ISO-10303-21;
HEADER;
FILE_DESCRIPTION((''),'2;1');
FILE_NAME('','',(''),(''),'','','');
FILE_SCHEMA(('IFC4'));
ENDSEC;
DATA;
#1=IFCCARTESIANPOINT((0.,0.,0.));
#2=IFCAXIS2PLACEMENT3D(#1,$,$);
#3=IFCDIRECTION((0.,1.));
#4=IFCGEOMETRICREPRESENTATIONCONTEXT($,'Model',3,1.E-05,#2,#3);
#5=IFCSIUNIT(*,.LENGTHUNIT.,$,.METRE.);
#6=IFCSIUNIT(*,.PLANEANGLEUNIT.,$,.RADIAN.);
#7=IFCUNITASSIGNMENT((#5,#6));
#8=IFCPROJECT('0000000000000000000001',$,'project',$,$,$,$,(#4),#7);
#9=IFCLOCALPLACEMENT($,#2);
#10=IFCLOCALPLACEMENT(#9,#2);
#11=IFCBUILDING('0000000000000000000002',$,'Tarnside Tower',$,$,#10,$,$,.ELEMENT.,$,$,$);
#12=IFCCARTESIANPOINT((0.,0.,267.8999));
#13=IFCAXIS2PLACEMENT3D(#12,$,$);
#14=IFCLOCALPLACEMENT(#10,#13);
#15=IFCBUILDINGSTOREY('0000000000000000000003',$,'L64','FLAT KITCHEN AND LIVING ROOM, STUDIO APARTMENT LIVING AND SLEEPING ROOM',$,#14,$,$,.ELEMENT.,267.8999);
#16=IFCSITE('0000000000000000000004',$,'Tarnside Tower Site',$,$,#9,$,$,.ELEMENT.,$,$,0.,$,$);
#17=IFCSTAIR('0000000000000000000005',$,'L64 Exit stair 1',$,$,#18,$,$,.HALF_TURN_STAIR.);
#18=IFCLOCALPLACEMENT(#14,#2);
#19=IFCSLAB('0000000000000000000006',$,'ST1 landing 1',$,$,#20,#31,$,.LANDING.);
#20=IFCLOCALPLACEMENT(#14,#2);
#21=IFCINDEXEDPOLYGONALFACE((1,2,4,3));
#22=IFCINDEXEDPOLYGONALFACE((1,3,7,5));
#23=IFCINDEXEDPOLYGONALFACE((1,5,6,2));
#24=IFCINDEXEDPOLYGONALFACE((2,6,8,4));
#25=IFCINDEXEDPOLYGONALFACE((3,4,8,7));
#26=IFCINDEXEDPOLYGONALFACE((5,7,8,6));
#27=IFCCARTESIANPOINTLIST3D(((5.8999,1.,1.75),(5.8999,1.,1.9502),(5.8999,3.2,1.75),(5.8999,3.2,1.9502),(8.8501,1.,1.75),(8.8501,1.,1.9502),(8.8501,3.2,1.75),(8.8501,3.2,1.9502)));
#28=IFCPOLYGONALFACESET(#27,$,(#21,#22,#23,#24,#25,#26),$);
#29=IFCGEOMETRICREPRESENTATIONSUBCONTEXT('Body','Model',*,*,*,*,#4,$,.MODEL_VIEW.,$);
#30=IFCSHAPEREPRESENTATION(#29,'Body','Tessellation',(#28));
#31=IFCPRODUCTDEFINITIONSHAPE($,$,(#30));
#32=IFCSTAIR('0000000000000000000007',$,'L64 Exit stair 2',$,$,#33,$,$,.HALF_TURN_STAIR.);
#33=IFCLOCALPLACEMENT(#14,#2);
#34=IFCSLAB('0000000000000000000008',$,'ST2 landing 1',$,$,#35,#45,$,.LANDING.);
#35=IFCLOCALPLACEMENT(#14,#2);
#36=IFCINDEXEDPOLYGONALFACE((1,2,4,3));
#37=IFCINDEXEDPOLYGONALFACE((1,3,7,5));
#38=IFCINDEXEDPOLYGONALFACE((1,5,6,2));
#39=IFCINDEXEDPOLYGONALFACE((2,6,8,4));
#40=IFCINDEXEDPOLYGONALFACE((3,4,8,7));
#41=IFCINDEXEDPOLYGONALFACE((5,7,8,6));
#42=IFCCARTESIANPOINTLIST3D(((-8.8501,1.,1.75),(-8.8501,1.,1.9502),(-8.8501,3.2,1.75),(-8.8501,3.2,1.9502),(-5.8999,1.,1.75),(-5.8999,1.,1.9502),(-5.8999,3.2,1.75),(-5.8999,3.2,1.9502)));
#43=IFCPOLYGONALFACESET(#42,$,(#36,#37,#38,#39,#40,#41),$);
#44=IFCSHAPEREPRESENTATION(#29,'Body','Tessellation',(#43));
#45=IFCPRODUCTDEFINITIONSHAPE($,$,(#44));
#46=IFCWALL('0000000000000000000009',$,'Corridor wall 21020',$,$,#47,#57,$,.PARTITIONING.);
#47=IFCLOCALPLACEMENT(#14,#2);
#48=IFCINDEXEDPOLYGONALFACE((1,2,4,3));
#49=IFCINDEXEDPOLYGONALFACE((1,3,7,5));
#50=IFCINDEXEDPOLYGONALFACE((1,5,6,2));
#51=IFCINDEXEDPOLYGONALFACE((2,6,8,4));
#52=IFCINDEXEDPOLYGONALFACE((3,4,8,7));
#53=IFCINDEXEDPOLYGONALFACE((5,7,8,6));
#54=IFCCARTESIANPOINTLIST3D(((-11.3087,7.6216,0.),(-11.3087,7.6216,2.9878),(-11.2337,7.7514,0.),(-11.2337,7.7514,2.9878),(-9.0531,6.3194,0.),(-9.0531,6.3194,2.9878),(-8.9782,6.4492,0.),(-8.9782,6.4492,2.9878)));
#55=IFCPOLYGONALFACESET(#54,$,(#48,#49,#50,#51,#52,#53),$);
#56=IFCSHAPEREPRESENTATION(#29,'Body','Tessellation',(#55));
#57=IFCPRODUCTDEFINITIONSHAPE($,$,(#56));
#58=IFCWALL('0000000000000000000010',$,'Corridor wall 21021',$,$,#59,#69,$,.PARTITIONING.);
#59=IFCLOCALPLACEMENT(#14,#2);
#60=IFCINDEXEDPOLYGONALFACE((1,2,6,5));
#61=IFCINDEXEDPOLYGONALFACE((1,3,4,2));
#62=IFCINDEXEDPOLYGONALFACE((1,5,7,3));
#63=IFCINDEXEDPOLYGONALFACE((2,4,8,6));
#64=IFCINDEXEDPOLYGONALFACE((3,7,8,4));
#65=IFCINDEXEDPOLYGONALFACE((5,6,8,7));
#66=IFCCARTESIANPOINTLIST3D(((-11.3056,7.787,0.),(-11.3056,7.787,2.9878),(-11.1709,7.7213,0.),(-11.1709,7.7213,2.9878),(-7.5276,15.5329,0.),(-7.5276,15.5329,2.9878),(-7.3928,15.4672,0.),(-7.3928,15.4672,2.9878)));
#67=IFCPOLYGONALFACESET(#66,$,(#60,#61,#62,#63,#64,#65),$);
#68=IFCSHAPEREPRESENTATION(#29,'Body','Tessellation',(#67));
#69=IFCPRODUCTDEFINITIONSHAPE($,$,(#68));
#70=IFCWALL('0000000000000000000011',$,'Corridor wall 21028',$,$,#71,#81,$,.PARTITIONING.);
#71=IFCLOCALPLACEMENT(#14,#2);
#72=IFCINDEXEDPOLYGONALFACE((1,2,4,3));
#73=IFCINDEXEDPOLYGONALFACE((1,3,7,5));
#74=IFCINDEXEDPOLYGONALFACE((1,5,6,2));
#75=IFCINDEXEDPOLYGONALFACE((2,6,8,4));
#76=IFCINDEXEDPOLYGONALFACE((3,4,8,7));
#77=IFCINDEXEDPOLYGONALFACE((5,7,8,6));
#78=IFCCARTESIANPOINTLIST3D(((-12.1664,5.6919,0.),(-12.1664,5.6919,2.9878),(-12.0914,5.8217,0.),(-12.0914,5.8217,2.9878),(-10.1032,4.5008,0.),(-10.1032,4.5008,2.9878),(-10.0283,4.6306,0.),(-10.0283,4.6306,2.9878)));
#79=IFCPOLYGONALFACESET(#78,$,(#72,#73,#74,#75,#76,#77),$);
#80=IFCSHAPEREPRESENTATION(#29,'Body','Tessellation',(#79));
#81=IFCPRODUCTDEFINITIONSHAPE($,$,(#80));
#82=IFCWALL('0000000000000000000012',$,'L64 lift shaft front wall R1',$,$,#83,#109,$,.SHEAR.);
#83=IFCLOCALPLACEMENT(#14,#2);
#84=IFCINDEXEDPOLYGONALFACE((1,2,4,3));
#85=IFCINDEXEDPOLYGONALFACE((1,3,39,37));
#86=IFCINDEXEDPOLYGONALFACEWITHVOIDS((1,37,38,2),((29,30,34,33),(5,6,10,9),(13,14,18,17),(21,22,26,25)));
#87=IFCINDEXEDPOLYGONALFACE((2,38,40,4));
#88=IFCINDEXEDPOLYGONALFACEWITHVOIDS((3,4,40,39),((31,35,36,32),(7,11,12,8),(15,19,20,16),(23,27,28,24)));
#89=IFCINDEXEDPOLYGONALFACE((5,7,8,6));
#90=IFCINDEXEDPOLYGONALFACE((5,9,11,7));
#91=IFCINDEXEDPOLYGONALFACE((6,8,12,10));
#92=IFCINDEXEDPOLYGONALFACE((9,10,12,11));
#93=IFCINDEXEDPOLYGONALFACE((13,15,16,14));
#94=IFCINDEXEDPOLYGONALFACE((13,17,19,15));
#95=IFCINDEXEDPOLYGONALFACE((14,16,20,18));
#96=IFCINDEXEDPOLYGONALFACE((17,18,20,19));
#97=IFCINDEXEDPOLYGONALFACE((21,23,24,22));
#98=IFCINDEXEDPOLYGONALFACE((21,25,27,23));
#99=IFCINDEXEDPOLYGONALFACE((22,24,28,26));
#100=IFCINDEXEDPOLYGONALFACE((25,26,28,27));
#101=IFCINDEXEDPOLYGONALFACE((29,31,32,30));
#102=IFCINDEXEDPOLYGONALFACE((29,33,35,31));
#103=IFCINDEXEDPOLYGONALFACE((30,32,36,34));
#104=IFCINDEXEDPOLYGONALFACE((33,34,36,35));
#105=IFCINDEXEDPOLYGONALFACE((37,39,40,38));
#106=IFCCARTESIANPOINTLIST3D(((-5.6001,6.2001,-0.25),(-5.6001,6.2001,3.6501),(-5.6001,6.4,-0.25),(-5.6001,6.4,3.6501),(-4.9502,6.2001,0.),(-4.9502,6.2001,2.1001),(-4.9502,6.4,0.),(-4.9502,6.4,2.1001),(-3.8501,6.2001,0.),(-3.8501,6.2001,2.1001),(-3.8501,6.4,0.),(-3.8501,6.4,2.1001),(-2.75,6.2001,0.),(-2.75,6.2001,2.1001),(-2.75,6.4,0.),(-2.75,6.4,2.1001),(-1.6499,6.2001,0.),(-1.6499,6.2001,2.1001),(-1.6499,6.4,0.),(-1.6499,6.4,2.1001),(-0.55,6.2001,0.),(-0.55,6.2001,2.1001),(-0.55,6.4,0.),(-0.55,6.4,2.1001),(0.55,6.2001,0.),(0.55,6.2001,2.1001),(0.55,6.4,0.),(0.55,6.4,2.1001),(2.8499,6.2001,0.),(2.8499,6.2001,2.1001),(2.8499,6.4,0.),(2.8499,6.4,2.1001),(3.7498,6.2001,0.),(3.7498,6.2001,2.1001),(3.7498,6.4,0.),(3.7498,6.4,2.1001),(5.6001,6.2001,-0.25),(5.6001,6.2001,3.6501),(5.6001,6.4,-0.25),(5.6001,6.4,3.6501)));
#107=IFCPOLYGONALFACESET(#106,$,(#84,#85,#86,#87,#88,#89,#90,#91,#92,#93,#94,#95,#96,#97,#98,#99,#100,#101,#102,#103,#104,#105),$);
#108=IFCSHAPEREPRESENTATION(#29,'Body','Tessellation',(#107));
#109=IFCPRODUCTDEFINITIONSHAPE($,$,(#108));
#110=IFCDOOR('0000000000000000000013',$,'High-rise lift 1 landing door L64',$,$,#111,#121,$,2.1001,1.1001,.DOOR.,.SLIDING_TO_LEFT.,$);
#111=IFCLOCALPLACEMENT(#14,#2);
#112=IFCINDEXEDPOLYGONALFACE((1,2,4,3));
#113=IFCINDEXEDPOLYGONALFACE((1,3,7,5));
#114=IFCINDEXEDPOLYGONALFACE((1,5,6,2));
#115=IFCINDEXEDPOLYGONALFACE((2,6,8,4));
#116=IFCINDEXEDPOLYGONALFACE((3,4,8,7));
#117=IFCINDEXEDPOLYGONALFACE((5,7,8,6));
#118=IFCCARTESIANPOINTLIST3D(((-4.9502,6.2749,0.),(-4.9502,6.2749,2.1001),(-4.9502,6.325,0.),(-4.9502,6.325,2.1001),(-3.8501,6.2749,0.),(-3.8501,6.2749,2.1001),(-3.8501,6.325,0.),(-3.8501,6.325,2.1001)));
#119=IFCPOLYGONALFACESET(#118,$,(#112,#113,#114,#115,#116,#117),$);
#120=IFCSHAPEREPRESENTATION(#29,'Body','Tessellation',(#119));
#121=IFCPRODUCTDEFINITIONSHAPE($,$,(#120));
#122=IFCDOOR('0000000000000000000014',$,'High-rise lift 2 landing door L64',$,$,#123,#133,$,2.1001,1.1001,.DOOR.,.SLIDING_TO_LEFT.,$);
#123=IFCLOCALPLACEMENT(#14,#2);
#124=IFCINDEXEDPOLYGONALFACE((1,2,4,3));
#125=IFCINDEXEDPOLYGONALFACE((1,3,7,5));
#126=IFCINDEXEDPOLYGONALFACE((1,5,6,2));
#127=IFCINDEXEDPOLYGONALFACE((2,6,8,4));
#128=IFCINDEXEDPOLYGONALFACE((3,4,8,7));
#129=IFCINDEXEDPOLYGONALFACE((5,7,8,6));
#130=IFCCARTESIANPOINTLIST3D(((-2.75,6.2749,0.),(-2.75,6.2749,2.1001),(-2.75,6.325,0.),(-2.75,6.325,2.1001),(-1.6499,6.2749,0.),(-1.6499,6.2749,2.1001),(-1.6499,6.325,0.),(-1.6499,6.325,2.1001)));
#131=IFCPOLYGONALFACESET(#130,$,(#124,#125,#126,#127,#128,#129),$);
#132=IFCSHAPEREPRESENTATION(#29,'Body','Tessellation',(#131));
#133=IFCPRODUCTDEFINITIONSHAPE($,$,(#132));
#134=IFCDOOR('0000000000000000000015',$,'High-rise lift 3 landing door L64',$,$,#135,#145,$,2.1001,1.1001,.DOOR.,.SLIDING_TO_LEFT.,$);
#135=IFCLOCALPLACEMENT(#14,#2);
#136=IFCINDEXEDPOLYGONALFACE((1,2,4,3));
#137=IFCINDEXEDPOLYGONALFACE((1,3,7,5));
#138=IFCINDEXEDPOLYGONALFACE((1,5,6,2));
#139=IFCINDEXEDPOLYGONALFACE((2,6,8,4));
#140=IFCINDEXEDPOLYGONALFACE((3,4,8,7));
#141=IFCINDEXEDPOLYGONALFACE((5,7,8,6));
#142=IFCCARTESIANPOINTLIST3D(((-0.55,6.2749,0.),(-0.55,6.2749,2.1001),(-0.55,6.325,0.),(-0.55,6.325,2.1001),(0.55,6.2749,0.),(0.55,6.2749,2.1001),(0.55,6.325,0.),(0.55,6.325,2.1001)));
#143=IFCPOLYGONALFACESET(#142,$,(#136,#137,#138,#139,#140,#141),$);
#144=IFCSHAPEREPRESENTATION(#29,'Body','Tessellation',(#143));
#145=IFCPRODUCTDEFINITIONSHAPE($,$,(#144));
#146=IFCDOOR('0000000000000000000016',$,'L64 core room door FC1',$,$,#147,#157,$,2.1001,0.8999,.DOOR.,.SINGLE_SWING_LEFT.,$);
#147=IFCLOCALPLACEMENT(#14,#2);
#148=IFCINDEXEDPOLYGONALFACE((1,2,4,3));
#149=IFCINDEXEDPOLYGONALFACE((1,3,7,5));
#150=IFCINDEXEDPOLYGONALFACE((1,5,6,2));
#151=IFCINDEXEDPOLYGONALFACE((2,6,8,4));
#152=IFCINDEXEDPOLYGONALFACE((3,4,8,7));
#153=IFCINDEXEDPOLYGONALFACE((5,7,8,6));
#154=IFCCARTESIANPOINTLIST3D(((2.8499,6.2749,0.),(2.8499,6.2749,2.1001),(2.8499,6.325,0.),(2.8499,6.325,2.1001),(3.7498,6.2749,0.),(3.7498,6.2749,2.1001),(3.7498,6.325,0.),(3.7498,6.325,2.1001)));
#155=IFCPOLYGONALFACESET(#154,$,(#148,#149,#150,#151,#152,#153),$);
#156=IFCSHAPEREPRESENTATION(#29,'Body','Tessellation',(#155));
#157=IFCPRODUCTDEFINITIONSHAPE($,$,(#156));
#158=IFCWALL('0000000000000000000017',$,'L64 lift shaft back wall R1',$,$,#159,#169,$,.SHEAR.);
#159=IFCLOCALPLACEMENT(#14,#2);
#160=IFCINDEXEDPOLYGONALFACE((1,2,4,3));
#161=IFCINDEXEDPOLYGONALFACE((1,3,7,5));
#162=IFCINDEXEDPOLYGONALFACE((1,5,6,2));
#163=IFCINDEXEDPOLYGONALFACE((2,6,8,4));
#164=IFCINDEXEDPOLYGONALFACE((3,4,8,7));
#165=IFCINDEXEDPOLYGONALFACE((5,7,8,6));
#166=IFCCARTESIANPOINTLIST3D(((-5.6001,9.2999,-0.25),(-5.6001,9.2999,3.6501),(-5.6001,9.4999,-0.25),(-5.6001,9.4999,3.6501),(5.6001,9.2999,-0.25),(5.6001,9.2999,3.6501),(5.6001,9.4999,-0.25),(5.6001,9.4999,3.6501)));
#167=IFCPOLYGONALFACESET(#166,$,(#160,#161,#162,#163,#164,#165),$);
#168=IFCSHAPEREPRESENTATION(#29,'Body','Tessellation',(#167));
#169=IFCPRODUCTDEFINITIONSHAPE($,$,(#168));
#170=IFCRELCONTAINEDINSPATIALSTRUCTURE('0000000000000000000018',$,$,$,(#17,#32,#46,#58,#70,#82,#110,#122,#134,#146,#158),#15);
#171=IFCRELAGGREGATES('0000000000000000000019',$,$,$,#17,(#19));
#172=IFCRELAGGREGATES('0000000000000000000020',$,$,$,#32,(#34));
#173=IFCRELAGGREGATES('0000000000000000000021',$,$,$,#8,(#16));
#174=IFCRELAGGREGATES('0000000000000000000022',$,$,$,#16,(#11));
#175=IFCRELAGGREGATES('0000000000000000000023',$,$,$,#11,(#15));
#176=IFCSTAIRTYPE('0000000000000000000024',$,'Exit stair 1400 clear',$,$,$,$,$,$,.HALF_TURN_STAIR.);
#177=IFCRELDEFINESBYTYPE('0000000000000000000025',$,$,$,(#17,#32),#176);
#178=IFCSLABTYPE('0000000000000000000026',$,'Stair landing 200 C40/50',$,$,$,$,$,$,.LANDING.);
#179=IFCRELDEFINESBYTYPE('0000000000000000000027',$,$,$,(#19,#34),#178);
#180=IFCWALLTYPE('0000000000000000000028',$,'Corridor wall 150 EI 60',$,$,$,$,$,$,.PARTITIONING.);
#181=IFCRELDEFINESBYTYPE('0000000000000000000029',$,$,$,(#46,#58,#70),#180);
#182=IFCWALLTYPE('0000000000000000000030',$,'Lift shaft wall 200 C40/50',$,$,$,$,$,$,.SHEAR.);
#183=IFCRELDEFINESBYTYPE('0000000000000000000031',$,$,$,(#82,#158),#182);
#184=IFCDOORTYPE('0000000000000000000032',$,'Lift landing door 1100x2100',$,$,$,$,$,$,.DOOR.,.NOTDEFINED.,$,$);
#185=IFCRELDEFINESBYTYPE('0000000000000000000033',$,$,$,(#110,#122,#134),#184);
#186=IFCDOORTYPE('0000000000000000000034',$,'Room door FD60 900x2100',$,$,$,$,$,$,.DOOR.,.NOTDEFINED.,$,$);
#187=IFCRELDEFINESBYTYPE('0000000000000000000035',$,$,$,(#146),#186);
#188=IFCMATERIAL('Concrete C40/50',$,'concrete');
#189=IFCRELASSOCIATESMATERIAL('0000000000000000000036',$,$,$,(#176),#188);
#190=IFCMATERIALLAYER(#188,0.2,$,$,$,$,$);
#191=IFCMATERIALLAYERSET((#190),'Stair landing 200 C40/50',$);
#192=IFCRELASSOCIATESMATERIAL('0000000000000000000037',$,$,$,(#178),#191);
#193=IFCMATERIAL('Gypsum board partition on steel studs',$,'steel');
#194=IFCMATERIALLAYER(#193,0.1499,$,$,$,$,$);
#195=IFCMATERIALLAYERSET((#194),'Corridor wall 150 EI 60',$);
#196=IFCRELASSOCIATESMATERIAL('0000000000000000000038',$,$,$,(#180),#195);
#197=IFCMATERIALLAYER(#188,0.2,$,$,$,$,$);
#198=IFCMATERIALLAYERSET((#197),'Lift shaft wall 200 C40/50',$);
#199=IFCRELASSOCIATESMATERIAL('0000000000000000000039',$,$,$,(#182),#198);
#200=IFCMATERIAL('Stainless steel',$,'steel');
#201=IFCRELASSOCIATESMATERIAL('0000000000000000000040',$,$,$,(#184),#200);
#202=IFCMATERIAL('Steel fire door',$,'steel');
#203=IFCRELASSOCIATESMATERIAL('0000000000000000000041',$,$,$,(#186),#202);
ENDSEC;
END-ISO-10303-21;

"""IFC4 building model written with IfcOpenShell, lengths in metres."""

from ifc_helpers import new_model, si_unit, direction, frame, frame_2d, origin, place, context, subcontext, project, spatial, polyline, rectangle, outline, extrude, material, layer, layer_set, type_object, element, fill, aggregate, save


model = new_model("IFC4")

# Units and contexts
model_context = context("Model", 3, precision=1e-05, world=origin(), true_north=direction((0.0, 1.0)))
body_context = subcontext(model_context, "Body", "Model", "MODEL_VIEW")
ifc_project = project(units=[si_unit("LENGTHUNIT", "METRE"), si_unit("PLANEANGLEUNIT", "RADIAN")], contexts=[model_context])

# Site, building, storey
site_placement = place(None, origin())
site = spatial("IfcSite", under=ifc_project, at=site_placement, Name="Tarnside Tower Site", CompositionType="ELEMENT", RefElevation=0.0)
building_placement = place(site_placement, origin())
building = spatial("IfcBuilding", under=site, at=building_placement, Name="Tarnside Tower", CompositionType="ELEMENT")
storey_placement = place(building_placement, frame((0.0, 0.0, 267.8999)))
storey = spatial("IfcBuildingStorey", under=building, at=storey_placement, Name="L64", Description="FLAT KITCHEN AND LIVING ROOM, STUDIO APARTMENT LIVING AND SLEEPING ROOM", CompositionType="ELEMENT", Elevation=267.8999)

# Shared definitions
ifc_material_1 = material(Name="Concrete C40/50", Category="concrete")

# Stairs, slabs
stair_type = type_object("IfcStairType", Name="Exit stair 1400 clear", PredefinedType="HALF_TURN_STAIR", material=ifc_material_1)
stair_1_placement = place(storey_placement, origin())
stair_1 = element("IfcStair", 1, at=stair_1_placement, inside=storey, type_object=stair_type, Name="L64 Exit stair 1", PredefinedType="HALF_TURN_STAIR")
ifc_layer_1 = layer(ifc_material_1, 0.2)
ifc_layer_set_1 = layer_set([ifc_layer_1], Name="Stair landing 200 C40/50")
slab_type_1 = type_object("IfcSlabType", Name="Stair landing 200 C40/50", PredefinedType="LANDING", material=ifc_layer_set_1)
slab_1_placement = place(storey_placement, frame((0.0, 0.0, 1.75)))
slab_1 = element("IfcSlab", 2, at=slab_1_placement, type_object=slab_type_1, Name="ST1 landing 1", PredefinedType="LANDING", context=body_context, shape_type="SweptSolid", body=[
    extrude(outline(polyline([(8.8501, 1.0), (8.8501, 3.2), (5.8999, 3.2), (5.8999, 1.0), (8.8501, 1.0)])), origin(), (0.0, 0.0, 1.0), 0.2002),
])
aggregate(stair_1, [slab_1])
stair_2_placement = place(storey_placement, origin())
stair_2 = element("IfcStair", 3, at=stair_2_placement, inside=storey, type_object=stair_type, Name="L64 Exit stair 2", PredefinedType="HALF_TURN_STAIR")
slab_2_placement = place(storey_placement, frame((0.0, 0.0, 1.75)))
slab_2 = element("IfcSlab", 4, at=slab_2_placement, type_object=slab_type_1, Name="ST2 landing 1", PredefinedType="LANDING", context=body_context, shape_type="SweptSolid", body=[
    extrude(outline(polyline([(-5.8999, 1.0), (-5.8999, 3.2), (-8.8501, 3.2), (-8.8501, 1.0), (-5.8999, 1.0)])), origin(), (0.0, 0.0, 1.0), 0.2002),
])

# Walls
ifc_material_2 = material(Name="Gypsum board partition on steel studs", Category="steel")
ifc_layer_2 = layer(ifc_material_2, 0.1499)
ifc_layer_set_2 = layer_set([ifc_layer_2], Name="Corridor wall 150 EI 60")
wall_type_1 = type_object("IfcWallType", Name="Corridor wall 150 EI 60", PredefinedType="PARTITIONING", material=ifc_layer_set_2)
wall_1_placement = place(storey_placement, frame((-9.0156, 6.3843, 0.0), z_axis=(0.0, 0.0, 1.0), x_axis=(-0.866031, 0.49999, 0.0)))
element("IfcWall", 5, at=wall_1_placement, inside=storey, type_object=wall_type_1, Name="Corridor wall 21020", PredefinedType="PARTITIONING", context=body_context, shape_type="SweptSolid", body=[
    extrude(rectangle(XDim=2.6045, YDim=0.1499, at=frame_2d((1.3022, 0.0))), origin(), (0.0, 0.0, 1.0), 2.9878),
])
wall_2_placement = place(storey_placement, frame((-11.2383, 7.7542, 0.0), z_axis=(0.0, 0.0, 1.0), x_axis=(0.438387, 0.898786, 0.0)))
element("IfcWall", 6, at=wall_2_placement, inside=storey, type_object=wall_type_1, Name="Corridor wall 21021", PredefinedType="PARTITIONING", context=body_context, shape_type="SweptSolid", body=[
    extrude(rectangle(XDim=8.6182, YDim=0.1499, at=frame_2d((4.3091, 0.0))), origin(), (0.0, 0.0, 1.0), 2.9878),
])
wall_3_placement = place(storey_placement, frame((-12.1289, 5.7568, 0.0), z_axis=(0.0, 0.0, 1.0), x_axis=(0.866034, -0.499986, 0.0)))
element("IfcWall", 7, at=wall_3_placement, inside=storey, type_object=wall_type_1, Name="Corridor wall 21028", PredefinedType="PARTITIONING", context=body_context, shape_type="SweptSolid", body=[
    extrude(rectangle(XDim=2.3823, YDim=0.1499, at=frame_2d((1.1912, 0.0))), origin(), (0.0, 0.0, 1.0), 2.9878),
])

# Wall, openings, doors
ifc_layer_3 = layer(ifc_material_1, 0.2)
ifc_layer_set_3 = layer_set([ifc_layer_3], Name="Lift shaft wall 200 C40/50")
wall_type_2 = type_object("IfcWallType", Name="Lift shaft wall 200 C40/50", PredefinedType="SHEAR", material=ifc_layer_set_3)
wall_4_placement = place(storey_placement, frame((-5.6001, 6.3, -0.25), z_axis=(0.0, 0.0, 1.0), x_axis=(1.0, 0.0, 0.0)))
wall_4 = element("IfcWall", 8, at=wall_4_placement, inside=storey, type_object=wall_type_2, Name="L64 lift shaft front wall R1", PredefinedType="SHEAR", context=body_context, shape_type="SweptSolid", body=[
    extrude(rectangle(XDim=11.2002, YDim=0.2, at=frame_2d((5.6001, 0.0))), origin(), (0.0, 0.0, 1.0), 3.9001),
])
opening_1_placement = place(wall_4_placement, frame((8.45, 0.0, 0.25)))
opening_1 = element("IfcOpeningElement", 9, at=opening_1_placement, cuts=wall_4, PredefinedType="OPENING", context=body_context, shape_type="SweptSolid", body=[
    extrude(rectangle(XDim=0.8999, YDim=2.1001, at=frame_2d((0.45, 1.05))), frame((0.0, 0.1099, 0.0), z_axis=(0.0, -1.0, 0.0), x_axis=(1.0, 0.0, 0.0)), (0.0, 0.0, 1.0), 0.22),
])
opening_2_placement = place(wall_4_placement, frame((0.6499, 0.0, 0.25)))
opening_2 = element("IfcOpeningElement", 10, at=opening_2_placement, cuts=wall_4, PredefinedType="OPENING", context=body_context, shape_type="SweptSolid", body=[
    extrude(rectangle(XDim=1.1001, YDim=2.1001, at=frame_2d((0.55, 1.05))), frame((0.0, 0.1099, 0.0), z_axis=(0.0, -1.0, 0.0), x_axis=(1.0, 0.0, 0.0)), (0.0, 0.0, 1.0), 0.22),
])
opening_3_placement = place(wall_4_placement, frame((2.8501, 0.0, 0.25)))
opening_3 = element("IfcOpeningElement", 11, at=opening_3_placement, cuts=wall_4, PredefinedType="OPENING", context=body_context, shape_type="SweptSolid", body=[
    extrude(rectangle(XDim=1.1001, YDim=2.1001, at=frame_2d((0.55, 1.05))), frame((0.0, 0.1099, 0.0), z_axis=(0.0, -1.0, 0.0), x_axis=(1.0, 0.0, 0.0)), (0.0, 0.0, 1.0), 0.22),
])
opening_4_placement = place(wall_4_placement, frame((5.05, 0.0, 0.25)))
opening_4 = element("IfcOpeningElement", 12, at=opening_4_placement, cuts=wall_4, PredefinedType="OPENING", context=body_context, shape_type="SweptSolid", body=[
    extrude(rectangle(XDim=1.1001, YDim=2.1001, at=frame_2d((0.55, 1.05))), frame((0.0, 0.1099, 0.0), z_axis=(0.0, -1.0, 0.0), x_axis=(1.0, 0.0, 0.0)), (0.0, 0.0, 1.0), 0.22),
])
ifc_material_3 = material(Name="Stainless steel", Category="steel")
door_type_1 = type_object("IfcDoorType", Name="Lift landing door 1100x2100", OperationType="NOTDEFINED", PredefinedType="DOOR", material=ifc_material_3)
door_1_placement = place(opening_2_placement, origin())
door_1 = element("IfcDoor", 13, at=door_1_placement, inside=storey, type_object=door_type_1, Name="High-rise lift 1 landing door L64", OperationType="SLIDING_TO_LEFT", OverallHeight=2.1001, OverallWidth=1.1001, PredefinedType="DOOR", context=body_context, shape_type="SweptSolid", body=[
    extrude(rectangle(XDim=1.1001, YDim=2.1001, at=frame_2d((0.55, 1.05))), frame((0.0, 0.0249, 0.0), z_axis=(0.0, -1.0, 0.0), x_axis=(1.0, 0.0, 0.0)), (0.0, 0.0, 1.0), 0.05),
])
fill(opening_2, door_1)
door_2_placement = place(opening_3_placement, origin())
door_2 = element("IfcDoor", 14, at=door_2_placement, inside=storey, type_object=door_type_1, Name="High-rise lift 2 landing door L64", OperationType="SLIDING_TO_LEFT", OverallHeight=2.1001, OverallWidth=1.1001, PredefinedType="DOOR", context=body_context, shape_type="SweptSolid", body=[
    extrude(rectangle(XDim=1.1001, YDim=2.1001, at=frame_2d((0.55, 1.05))), frame((0.0, 0.0249, 0.0), z_axis=(0.0, -1.0, 0.0), x_axis=(1.0, 0.0, 0.0)), (0.0, 0.0, 1.0), 0.05),
])
fill(opening_3, door_2)
door_3_placement = place(opening_4_placement, origin())
door_3 = element("IfcDoor", 15, at=door_3_placement, inside=storey, type_object=door_type_1, Name="High-rise lift 3 landing door L64", OperationType="SLIDING_TO_LEFT", OverallHeight=2.1001, OverallWidth=1.1001, PredefinedType="DOOR", context=body_context, shape_type="SweptSolid", body=[
    extrude(rectangle(XDim=1.1001, YDim=2.1001, at=frame_2d((0.55, 1.05))), frame((0.0, 0.0249, 0.0), z_axis=(0.0, -1.0, 0.0), x_axis=(1.0, 0.0, 0.0)), (0.0, 0.0, 1.0), 0.05),
])
fill(opening_4, door_3)
ifc_material_4 = material(Name="Steel fire door", Category="steel")
door_type_2 = type_object("IfcDoorType", Name="Room door FD60 900x2100", OperationType="NOTDEFINED", PredefinedType="DOOR", material=ifc_material_4)
door_4_placement = place(opening_1_placement, origin())
door_4 = element("IfcDoor", 16, at=door_4_placement, inside=storey, type_object=door_type_2, Name="L64 core room door FC1", OperationType="SINGLE_SWING_LEFT", OverallHeight=2.1001, OverallWidth=0.8999, PredefinedType="DOOR", context=body_context, shape_type="SweptSolid", body=[
    extrude(rectangle(XDim=0.8999, YDim=2.1001, at=frame_2d((0.45, 1.05))), frame((0.0, 0.0249, 0.0), z_axis=(0.0, -1.0, 0.0), x_axis=(1.0, 0.0, 0.0)), (0.0, 0.0, 1.0), 0.05),
])
fill(opening_1, door_4)

# Wall
wall_5_placement = place(storey_placement, frame((-5.6001, 9.3999, -0.25), z_axis=(0.0, 0.0, 1.0), x_axis=(1.0, 0.0, 0.0)))
element("IfcWall", 17, at=wall_5_placement, inside=storey, type_object=wall_type_2, Name="L64 lift shaft back wall R1", PredefinedType="SHEAR", context=body_context, shape_type="SweptSolid", body=[
    extrude(rectangle(XDim=11.2002, YDim=0.2, at=frame_2d((5.6001, 0.0))), origin(), (0.0, 0.0, 1.0), 3.9001),
])

aggregate(stair_2, [slab_2])

save(model, "model.ifc")
